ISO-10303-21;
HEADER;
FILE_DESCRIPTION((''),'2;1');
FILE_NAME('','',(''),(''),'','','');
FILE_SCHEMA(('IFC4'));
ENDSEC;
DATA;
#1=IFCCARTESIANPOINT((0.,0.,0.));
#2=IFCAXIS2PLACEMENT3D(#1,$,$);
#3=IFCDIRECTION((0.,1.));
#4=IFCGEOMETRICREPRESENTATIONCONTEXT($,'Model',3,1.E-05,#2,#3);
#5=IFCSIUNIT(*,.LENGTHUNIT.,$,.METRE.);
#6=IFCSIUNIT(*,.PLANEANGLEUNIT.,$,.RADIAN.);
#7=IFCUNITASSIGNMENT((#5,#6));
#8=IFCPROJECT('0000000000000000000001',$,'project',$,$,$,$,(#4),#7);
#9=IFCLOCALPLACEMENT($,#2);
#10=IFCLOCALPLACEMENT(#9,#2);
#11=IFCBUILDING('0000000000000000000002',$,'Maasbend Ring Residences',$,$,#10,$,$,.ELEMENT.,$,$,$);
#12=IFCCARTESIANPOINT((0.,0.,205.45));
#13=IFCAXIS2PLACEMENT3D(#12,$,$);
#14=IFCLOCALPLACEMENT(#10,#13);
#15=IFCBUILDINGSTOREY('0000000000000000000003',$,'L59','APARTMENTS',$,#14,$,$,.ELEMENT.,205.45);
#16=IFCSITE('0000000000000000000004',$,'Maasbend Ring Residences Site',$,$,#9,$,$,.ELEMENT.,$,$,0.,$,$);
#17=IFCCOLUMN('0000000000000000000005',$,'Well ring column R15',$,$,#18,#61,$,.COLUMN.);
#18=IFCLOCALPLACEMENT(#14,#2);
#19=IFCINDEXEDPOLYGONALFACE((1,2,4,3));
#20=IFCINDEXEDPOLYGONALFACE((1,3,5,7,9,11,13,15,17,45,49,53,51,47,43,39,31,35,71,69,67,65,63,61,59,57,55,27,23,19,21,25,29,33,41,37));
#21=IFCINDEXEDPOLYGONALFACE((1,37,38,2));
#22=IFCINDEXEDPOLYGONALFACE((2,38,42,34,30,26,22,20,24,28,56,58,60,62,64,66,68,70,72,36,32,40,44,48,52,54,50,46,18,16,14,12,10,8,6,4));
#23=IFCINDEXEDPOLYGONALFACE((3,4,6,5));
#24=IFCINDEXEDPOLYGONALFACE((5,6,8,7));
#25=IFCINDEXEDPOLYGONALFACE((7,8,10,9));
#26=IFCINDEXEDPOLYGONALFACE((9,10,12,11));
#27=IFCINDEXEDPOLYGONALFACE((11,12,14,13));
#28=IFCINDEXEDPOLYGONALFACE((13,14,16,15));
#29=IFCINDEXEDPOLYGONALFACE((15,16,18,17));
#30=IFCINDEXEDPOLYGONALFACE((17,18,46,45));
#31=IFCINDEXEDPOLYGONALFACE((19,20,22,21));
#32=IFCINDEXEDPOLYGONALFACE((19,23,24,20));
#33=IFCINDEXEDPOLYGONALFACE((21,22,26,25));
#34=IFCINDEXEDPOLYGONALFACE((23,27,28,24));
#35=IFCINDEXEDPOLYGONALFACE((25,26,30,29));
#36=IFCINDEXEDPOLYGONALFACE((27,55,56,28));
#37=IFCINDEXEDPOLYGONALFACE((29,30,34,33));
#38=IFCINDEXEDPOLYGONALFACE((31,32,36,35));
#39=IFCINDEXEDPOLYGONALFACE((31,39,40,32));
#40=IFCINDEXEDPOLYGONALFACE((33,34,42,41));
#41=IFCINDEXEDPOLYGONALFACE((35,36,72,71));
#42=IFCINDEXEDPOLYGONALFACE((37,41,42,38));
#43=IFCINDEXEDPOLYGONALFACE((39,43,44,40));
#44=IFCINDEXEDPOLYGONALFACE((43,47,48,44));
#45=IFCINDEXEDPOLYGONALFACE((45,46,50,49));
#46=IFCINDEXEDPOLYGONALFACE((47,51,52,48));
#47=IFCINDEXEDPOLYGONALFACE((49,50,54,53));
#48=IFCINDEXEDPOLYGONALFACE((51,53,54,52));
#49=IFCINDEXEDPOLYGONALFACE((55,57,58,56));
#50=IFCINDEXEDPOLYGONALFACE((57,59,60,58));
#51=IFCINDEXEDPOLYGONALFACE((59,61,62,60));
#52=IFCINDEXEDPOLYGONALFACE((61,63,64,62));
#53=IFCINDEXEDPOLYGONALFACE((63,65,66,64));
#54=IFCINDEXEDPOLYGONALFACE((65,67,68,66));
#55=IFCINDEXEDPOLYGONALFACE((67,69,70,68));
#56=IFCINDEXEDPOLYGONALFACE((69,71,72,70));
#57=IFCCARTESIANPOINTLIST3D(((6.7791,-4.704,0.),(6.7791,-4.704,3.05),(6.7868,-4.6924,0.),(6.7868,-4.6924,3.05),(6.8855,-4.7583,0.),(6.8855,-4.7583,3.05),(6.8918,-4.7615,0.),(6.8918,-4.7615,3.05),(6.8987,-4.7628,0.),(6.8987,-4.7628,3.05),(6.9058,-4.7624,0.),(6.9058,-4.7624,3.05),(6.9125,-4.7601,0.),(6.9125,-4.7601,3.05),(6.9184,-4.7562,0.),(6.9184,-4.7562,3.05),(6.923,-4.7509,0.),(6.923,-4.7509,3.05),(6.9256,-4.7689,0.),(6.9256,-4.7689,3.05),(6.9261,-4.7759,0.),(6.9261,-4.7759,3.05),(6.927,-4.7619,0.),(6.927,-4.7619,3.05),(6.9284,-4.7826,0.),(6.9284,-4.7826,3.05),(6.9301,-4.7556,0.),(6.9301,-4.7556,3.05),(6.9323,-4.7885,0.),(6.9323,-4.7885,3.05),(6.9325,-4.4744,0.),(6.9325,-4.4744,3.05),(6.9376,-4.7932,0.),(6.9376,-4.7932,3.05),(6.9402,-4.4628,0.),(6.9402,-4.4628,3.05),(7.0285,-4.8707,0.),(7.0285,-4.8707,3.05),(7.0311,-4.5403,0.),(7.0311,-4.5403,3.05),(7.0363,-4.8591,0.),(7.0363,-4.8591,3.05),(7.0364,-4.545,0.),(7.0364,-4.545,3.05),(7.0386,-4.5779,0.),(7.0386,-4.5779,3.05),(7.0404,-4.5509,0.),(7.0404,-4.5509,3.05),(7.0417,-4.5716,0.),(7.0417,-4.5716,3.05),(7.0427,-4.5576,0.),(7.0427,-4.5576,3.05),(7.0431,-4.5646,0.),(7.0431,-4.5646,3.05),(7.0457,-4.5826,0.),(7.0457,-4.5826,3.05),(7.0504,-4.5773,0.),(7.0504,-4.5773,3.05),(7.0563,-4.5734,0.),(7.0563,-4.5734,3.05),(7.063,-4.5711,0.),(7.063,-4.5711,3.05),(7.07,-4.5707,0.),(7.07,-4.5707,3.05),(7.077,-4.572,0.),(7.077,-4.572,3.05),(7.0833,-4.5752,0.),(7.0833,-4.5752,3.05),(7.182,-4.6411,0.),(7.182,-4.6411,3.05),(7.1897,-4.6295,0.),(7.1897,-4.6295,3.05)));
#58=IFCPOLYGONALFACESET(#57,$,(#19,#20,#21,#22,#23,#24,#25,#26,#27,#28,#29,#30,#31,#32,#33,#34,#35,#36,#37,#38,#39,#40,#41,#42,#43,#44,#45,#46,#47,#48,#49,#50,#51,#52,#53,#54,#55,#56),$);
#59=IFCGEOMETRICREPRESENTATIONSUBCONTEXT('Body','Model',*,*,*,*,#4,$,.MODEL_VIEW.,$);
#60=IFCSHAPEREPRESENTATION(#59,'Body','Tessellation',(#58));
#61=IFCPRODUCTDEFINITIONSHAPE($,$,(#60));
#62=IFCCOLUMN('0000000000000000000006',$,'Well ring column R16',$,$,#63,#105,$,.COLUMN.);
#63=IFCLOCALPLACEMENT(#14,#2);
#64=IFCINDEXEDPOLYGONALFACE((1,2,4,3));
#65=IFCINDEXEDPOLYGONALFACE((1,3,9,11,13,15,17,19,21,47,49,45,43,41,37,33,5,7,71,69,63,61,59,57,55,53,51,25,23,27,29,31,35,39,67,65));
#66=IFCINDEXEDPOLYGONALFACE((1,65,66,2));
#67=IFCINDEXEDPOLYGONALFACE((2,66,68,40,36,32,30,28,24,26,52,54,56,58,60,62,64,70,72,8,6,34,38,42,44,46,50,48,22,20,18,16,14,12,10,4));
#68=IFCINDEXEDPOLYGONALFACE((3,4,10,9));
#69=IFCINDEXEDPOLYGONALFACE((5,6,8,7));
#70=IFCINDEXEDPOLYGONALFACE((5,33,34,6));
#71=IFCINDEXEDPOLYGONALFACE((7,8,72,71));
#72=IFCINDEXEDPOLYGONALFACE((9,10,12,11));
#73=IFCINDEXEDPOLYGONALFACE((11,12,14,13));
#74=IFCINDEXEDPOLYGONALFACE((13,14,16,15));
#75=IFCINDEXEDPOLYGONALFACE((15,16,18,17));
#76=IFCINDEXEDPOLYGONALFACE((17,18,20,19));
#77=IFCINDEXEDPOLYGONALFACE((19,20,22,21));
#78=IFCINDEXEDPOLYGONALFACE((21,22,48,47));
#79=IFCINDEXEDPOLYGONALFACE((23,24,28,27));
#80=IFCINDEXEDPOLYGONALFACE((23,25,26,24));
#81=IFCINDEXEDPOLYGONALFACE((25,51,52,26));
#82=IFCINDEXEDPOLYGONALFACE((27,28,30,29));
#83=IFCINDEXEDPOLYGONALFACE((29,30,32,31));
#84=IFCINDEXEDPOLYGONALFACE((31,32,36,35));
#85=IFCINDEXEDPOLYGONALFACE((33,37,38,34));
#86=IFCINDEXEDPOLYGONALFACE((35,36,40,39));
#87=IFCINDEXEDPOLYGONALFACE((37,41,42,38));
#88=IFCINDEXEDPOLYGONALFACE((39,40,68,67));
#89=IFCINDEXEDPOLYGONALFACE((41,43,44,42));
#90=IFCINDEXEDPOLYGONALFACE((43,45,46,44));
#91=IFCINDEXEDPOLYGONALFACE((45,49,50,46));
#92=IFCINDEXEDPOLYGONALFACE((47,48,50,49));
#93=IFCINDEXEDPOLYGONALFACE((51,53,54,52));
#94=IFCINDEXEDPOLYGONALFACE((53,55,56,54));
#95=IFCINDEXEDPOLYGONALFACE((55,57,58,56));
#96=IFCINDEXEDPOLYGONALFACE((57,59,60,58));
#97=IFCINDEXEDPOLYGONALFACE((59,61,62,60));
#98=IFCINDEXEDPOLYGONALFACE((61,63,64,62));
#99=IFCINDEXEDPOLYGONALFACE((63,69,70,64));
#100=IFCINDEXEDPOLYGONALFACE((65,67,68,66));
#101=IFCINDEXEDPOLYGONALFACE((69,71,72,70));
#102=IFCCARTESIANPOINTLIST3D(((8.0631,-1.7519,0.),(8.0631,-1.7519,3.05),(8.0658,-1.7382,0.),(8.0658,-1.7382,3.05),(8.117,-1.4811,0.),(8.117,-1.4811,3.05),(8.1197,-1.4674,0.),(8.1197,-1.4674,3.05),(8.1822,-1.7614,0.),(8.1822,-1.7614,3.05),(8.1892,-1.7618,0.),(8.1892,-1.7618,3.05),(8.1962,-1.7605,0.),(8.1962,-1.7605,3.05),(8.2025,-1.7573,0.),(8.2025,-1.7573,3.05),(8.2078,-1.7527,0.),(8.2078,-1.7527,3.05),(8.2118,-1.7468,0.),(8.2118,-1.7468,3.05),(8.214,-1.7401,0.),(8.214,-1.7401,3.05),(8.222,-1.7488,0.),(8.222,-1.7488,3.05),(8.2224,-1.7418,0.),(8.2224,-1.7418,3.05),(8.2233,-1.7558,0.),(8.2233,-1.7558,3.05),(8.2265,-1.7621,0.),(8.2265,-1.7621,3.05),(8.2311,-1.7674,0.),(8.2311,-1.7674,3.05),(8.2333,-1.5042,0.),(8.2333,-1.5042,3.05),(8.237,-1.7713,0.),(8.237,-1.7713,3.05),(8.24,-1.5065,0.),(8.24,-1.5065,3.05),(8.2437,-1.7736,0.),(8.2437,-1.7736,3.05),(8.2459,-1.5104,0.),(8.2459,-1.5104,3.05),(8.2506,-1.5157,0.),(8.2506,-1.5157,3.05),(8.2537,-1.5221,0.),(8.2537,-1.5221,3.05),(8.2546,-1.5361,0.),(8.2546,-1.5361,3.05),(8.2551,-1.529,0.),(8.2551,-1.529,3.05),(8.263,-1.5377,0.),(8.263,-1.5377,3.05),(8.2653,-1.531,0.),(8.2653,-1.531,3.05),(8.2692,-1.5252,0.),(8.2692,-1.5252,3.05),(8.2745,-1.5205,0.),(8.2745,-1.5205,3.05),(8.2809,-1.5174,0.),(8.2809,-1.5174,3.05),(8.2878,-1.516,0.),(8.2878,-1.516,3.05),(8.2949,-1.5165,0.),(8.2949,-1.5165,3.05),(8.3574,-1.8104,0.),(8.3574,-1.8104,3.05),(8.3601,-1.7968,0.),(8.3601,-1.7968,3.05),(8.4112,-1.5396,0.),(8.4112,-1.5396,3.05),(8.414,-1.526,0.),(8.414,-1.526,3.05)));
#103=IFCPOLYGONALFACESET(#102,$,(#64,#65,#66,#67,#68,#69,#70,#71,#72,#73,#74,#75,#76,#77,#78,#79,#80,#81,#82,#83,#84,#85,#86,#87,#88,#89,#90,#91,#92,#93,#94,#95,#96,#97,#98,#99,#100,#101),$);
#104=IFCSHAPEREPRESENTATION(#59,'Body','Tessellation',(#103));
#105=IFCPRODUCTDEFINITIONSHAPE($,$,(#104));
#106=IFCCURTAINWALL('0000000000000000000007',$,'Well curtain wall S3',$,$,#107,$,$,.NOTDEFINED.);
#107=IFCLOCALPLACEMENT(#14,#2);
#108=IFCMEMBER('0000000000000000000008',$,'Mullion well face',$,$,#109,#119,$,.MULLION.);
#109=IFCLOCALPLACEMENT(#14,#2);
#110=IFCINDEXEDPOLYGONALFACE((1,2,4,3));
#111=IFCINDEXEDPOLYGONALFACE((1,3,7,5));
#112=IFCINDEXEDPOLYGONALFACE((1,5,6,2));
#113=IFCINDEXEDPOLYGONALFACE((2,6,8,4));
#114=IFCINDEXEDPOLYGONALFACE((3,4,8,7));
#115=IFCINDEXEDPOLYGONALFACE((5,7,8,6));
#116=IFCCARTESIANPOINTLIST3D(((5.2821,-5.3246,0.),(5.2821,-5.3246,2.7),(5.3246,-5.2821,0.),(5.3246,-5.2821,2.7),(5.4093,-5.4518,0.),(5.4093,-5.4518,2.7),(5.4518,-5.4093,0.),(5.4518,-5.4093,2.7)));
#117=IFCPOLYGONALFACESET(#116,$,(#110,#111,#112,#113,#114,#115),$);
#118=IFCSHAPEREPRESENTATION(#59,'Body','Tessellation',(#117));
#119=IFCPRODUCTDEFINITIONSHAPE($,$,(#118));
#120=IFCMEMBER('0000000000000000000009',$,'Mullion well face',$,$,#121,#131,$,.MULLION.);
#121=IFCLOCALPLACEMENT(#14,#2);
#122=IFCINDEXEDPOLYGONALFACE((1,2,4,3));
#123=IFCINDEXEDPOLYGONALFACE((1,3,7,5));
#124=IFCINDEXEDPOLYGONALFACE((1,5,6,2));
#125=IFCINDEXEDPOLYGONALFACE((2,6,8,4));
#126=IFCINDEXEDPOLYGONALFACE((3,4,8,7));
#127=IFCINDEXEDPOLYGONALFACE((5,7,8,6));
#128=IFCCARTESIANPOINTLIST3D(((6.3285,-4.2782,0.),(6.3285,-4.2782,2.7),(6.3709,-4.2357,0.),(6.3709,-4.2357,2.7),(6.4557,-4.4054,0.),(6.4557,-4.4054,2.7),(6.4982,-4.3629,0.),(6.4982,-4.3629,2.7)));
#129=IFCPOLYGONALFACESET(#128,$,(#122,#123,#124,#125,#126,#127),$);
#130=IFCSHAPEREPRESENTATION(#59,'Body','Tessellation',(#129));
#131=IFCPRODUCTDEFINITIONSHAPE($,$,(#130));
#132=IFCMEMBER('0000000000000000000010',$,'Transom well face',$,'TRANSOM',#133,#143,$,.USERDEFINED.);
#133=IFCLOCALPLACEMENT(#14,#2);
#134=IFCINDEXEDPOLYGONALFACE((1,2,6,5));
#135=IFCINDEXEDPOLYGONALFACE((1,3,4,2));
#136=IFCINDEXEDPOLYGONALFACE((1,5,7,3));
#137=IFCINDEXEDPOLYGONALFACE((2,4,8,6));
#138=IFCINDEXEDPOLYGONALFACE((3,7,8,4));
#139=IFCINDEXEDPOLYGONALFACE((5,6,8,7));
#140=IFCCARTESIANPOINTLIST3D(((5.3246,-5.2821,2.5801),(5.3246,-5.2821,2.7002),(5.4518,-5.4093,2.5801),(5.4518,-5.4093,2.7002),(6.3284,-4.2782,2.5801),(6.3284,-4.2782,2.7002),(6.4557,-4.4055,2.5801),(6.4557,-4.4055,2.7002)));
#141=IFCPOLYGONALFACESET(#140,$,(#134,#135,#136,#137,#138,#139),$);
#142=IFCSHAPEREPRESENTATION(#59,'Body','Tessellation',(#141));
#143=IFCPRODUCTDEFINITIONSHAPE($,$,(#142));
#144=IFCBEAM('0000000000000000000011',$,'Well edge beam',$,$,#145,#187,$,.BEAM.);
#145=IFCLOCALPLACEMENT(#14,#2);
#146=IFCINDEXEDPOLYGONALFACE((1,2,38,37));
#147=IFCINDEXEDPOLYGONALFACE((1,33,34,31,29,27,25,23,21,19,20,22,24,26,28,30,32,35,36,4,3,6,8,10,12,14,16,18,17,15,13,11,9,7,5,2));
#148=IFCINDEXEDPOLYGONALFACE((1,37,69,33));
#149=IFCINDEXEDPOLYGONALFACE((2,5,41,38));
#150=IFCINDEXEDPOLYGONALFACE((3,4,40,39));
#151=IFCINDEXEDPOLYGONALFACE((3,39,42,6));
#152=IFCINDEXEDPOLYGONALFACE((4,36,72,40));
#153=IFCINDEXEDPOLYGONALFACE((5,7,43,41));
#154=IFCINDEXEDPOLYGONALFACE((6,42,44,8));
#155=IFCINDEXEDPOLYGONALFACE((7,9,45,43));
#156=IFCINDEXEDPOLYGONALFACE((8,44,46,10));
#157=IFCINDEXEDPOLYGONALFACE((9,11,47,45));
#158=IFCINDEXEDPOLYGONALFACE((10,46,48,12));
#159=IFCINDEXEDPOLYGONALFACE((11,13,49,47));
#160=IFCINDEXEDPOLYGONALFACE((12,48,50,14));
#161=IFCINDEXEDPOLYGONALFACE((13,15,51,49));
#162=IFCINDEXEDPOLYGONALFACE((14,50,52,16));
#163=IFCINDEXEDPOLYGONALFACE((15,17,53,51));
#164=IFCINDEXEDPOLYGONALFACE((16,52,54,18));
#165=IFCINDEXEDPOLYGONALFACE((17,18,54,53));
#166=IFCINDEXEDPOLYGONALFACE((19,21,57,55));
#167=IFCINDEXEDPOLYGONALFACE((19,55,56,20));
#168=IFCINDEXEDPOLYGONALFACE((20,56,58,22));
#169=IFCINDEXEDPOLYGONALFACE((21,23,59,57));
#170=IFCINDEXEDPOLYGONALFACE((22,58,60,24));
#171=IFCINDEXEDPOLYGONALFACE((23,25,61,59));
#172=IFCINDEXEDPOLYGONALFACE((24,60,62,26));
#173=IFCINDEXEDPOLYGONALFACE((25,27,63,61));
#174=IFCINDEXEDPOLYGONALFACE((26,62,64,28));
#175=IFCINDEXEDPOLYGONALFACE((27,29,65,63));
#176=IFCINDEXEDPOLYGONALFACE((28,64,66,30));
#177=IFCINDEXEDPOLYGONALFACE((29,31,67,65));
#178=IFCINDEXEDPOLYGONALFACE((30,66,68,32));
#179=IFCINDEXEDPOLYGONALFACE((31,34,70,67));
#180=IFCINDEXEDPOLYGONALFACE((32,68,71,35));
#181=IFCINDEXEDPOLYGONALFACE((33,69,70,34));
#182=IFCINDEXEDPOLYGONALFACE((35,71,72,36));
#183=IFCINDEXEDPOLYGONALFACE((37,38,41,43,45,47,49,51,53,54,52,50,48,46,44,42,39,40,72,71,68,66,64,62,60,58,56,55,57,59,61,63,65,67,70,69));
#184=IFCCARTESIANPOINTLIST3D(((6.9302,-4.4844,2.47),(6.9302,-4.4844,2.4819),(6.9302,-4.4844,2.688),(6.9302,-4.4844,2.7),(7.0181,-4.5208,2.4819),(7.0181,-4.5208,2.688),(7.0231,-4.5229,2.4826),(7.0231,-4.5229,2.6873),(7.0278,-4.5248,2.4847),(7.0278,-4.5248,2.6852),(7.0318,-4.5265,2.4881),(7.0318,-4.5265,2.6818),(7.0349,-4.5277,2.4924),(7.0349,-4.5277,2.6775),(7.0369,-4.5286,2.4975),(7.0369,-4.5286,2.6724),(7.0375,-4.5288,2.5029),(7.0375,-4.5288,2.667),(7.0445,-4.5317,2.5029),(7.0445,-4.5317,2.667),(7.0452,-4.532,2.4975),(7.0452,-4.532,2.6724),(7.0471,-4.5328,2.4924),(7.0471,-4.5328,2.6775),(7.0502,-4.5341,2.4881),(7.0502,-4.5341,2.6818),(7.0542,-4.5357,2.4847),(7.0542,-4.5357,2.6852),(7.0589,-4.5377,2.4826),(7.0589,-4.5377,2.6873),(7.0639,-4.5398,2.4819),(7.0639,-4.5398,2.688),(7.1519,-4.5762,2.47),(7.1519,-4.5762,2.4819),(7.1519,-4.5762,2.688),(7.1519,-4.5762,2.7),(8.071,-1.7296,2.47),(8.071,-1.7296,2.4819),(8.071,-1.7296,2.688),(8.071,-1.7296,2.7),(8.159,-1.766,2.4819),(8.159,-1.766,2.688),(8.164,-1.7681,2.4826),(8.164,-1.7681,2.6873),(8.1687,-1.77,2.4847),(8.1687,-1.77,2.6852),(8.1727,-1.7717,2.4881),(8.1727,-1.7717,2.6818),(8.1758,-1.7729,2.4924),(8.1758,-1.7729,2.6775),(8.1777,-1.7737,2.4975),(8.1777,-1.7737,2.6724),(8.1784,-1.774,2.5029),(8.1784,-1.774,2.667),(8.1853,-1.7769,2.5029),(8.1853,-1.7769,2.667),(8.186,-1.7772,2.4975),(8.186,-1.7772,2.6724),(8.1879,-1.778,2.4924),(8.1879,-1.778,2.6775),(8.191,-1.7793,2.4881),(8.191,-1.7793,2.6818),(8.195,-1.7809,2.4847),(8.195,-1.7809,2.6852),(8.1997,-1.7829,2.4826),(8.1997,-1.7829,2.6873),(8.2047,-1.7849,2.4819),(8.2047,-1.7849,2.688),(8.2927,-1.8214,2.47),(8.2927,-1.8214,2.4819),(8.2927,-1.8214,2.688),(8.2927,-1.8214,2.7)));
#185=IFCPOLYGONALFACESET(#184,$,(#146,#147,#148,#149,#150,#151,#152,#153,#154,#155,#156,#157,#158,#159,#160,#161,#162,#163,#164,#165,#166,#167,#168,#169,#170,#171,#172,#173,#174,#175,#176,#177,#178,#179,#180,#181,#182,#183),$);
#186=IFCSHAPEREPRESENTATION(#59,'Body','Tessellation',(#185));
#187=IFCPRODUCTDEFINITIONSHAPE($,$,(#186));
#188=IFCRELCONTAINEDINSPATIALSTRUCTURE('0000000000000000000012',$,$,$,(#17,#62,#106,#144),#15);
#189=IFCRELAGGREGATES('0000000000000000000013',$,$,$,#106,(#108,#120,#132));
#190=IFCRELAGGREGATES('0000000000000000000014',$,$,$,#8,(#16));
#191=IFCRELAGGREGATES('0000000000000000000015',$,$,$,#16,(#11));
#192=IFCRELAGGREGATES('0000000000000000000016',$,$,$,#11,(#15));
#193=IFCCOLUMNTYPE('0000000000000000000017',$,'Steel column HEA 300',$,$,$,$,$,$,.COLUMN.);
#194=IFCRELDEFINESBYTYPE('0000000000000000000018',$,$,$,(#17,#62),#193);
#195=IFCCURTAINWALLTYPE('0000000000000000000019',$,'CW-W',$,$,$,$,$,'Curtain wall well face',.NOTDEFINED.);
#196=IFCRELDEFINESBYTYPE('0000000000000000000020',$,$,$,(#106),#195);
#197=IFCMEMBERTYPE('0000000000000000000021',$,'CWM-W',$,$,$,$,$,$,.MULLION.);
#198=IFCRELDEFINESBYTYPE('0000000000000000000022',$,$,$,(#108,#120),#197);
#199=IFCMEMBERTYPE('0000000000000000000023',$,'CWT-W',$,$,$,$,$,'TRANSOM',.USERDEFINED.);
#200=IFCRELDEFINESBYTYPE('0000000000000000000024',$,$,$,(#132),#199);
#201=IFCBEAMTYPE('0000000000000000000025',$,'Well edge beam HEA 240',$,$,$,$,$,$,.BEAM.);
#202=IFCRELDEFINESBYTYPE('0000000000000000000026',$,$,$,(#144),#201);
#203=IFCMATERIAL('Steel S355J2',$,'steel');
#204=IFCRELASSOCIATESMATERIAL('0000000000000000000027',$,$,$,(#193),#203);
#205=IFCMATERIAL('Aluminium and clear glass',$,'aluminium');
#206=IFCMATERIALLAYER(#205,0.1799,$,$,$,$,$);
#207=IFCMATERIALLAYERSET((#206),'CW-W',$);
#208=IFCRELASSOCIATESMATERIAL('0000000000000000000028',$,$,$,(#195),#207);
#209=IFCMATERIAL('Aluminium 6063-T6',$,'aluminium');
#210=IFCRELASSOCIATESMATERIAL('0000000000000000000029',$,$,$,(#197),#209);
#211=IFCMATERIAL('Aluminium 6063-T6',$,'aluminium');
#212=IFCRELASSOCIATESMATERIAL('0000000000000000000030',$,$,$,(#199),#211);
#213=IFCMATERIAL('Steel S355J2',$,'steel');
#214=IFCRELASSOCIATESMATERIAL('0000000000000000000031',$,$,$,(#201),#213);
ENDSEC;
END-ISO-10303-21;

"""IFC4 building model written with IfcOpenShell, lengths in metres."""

from ifc_helpers import new_model, si_unit, direction, frame, origin, origin_2d, place, context, subcontext, project, spatial, rectangle, i_section, extrude, material, layer, layer_set, material_profile, profile_set, type_object, element, aggregate, save


model = new_model("IFC4")

# Units and contexts
model_context = context("Model", 3, precision=1e-05, world=origin(), true_north=direction((0.0, 1.0)))
body_context = subcontext(model_context, "Body", "Model", "MODEL_VIEW")
ifc_project = project(units=[si_unit("LENGTHUNIT", "METRE"), si_unit("PLANEANGLEUNIT", "RADIAN")], contexts=[model_context])

# Site, building, storey
site_placement = place(None, origin())
site = spatial("IfcSite", under=ifc_project, at=site_placement, Name="Maasbend Ring Residences Site", CompositionType="ELEMENT", RefElevation=0.0)
building_placement = place(site_placement, origin())
building = spatial("IfcBuilding", under=site, at=building_placement, Name="Maasbend Ring Residences", CompositionType="ELEMENT")
storey_placement = place(building_placement, frame((0.0, 0.0, 205.45)))
storey = spatial("IfcBuildingStorey", under=building, at=storey_placement, Name="L59", Description="APARTMENTS", CompositionType="ELEMENT", Elevation=205.45)

# Columns
ifc_material_1 = material(Name="Steel S355J2", Category="steel")
ifc_material_profile_1 = material_profile(ifc_material_1, i_section(OverallWidth=0.3, OverallDepth=0.29, WebThickness=0.0085, FlangeThickness=0.0139, FilletRadius=0.0271, at=origin_2d()), Name="HEA 300")
ifc_profile_set_1 = profile_set([ifc_material_profile_1], Name="Steel S355J2")
column_type = type_object("IfcColumnType", Name="Steel column HEA 300", PredefinedType="COLUMN", material=ifc_profile_set_1)
for number, where, z_axis, x_axis, name in (
    (1, (6.9844, -4.6667, 0.0), (0.0, 0.0, 1.0), (0.83147, -0.55557, 0.0), "Well ring column R15"),
    (2, (8.2385, -1.6389, 0.0), (0.0, 0.0, 1.0), (0.980785, -0.19509, 0.0), "Well ring column R16"),
):
    element("IfcColumn", number, at=place(storey_placement, frame(where, z_axis=z_axis, x_axis=x_axis)), inside=storey, type_object=column_type, Name=name, PredefinedType="COLUMN", context=body_context, shape_type="SweptSolid", body=[
        extrude(i_section(OverallWidth=0.3, OverallDepth=0.29, WebThickness=0.0085, FlangeThickness=0.0139, FilletRadius=0.0271, at=origin_2d()), origin(), (0.0, 0.0, 1.0), 3.05),
    ])

# Curtain wall, members
ifc_material_2 = material(Name="Aluminium and clear glass", Category="aluminium")
ifc_layer_1 = layer(ifc_material_2, 0.1799)
ifc_layer_set_1 = layer_set([ifc_layer_1], Name="CW-W")
curtain_wall_type = type_object("IfcCurtainWallType", Name="CW-W", ElementType="Curtain wall well face", PredefinedType="NOTDEFINED", material=ifc_layer_set_1)
curtain_wall_placement = place(storey_placement, origin())
curtain_wall = element("IfcCurtainWall", 3, at=curtain_wall_placement, inside=storey, type_object=curtain_wall_type, Name="Well curtain wall S3", PredefinedType="NOTDEFINED")
ifc_material_3 = material(Name="Aluminium 6063-T6", Category="aluminium")
ifc_material_profile_2 = material_profile(ifc_material_3, rectangle(XDim=0.1799, YDim=0.0601, at=origin_2d()), Name="AL 180x60")
ifc_profile_set_2 = profile_set([ifc_material_profile_2], Name="Aluminium 6063-T6")
member_type_1 = type_object("IfcMemberType", Name="CWM-W", PredefinedType="MULLION", material=ifc_profile_set_2)
member_1_placement = place(storey_placement, frame((5.3669, -5.3669, 0.0), z_axis=(0.0, 0.0, 1.0), x_axis=(-0.707107, 0.707107, 0.0)))
member_1 = element("IfcMember", 4, at=member_1_placement, type_object=member_type_1, Name="Mullion well face", PredefinedType="MULLION", context=body_context, shape_type="SweptSolid", body=[
    extrude(rectangle(XDim=0.1799, YDim=0.0601, at=origin_2d()), origin(), (0.0, 0.0, 1.0), 2.7),
])
member_2_placement = place(storey_placement, frame((6.4133, -4.3206, 0.0), z_axis=(0.0, 0.0, 1.0), x_axis=(-0.707107, 0.707107, 0.0)))
member_2 = element("IfcMember", 5, at=member_2_placement, type_object=member_type_1, Name="Mullion well face", PredefinedType="MULLION", context=body_context, shape_type="SweptSolid", body=[
    extrude(rectangle(XDim=0.1799, YDim=0.0601, at=origin_2d()), origin(), (0.0, 0.0, 1.0), 2.7),
])
ifc_material_4 = material(Name="Aluminium 6063-T6", Category="aluminium")
ifc_material_profile_3 = material_profile(ifc_material_4, rectangle(XDim=0.1799, YDim=0.1201, at=origin_2d()), Name="AL 180x120")
ifc_profile_set_3 = profile_set([ifc_material_profile_3], Name="Aluminium 6063-T6")
member_type_2 = type_object("IfcMemberType", Name="CWT-W", ElementType="TRANSOM", PredefinedType="USERDEFINED", material=ifc_profile_set_3)
member_3_placement = place(storey_placement, frame((5.3882, -5.3457, 2.6401), z_axis=(0.707107, 0.707107, 0.0), x_axis=(-0.707107, 0.707107, 0.0)))
member_3 = element("IfcMember", 6, at=member_3_placement, type_object=member_type_2, Name="Transom well face", ObjectType="TRANSOM", PredefinedType="USERDEFINED", context=body_context, shape_type="SweptSolid", body=[
    extrude(rectangle(XDim=0.1799, YDim=0.1201, at=origin_2d()), origin(), (0.0, 0.0, 1.0), 1.4197),
])

# Beam
ifc_material_5 = material(Name="Steel S355J2", Category="steel")
ifc_material_profile_4 = material_profile(ifc_material_5, i_section(OverallWidth=0.24, OverallDepth=0.23, WebThickness=0.0076, FlangeThickness=0.012, FilletRadius=0.021, at=origin_2d()), Name="HEA 240")
ifc_profile_set_4 = profile_set([ifc_material_profile_4], Name="Steel S355J2")
beam_type = type_object("IfcBeamType", Name="Well edge beam HEA 240", PredefinedType="BEAM", material=ifc_profile_set_4)
beam_1_placement = place(storey_placement, frame((7.041, -4.5303, 2.585), z_axis=(0.382615, 0.923908, 0.0), x_axis=(-0.923908, 0.382615, 0.0)))
element("IfcBeam", 7, at=beam_1_placement, inside=storey, type_object=beam_type, Name="Well edge beam", PredefinedType="BEAM", context=body_context, shape_type="SweptSolid", body=[
    extrude(i_section(OverallWidth=0.24, OverallDepth=0.23, WebThickness=0.0076, FlangeThickness=0.012, FilletRadius=0.021, at=origin_2d()), origin(), (0.0, 0.0, 1.0), 2.9817),
])

aggregate(curtain_wall, [member_1, member_2, member_3])

save(model, "model.ifc")
